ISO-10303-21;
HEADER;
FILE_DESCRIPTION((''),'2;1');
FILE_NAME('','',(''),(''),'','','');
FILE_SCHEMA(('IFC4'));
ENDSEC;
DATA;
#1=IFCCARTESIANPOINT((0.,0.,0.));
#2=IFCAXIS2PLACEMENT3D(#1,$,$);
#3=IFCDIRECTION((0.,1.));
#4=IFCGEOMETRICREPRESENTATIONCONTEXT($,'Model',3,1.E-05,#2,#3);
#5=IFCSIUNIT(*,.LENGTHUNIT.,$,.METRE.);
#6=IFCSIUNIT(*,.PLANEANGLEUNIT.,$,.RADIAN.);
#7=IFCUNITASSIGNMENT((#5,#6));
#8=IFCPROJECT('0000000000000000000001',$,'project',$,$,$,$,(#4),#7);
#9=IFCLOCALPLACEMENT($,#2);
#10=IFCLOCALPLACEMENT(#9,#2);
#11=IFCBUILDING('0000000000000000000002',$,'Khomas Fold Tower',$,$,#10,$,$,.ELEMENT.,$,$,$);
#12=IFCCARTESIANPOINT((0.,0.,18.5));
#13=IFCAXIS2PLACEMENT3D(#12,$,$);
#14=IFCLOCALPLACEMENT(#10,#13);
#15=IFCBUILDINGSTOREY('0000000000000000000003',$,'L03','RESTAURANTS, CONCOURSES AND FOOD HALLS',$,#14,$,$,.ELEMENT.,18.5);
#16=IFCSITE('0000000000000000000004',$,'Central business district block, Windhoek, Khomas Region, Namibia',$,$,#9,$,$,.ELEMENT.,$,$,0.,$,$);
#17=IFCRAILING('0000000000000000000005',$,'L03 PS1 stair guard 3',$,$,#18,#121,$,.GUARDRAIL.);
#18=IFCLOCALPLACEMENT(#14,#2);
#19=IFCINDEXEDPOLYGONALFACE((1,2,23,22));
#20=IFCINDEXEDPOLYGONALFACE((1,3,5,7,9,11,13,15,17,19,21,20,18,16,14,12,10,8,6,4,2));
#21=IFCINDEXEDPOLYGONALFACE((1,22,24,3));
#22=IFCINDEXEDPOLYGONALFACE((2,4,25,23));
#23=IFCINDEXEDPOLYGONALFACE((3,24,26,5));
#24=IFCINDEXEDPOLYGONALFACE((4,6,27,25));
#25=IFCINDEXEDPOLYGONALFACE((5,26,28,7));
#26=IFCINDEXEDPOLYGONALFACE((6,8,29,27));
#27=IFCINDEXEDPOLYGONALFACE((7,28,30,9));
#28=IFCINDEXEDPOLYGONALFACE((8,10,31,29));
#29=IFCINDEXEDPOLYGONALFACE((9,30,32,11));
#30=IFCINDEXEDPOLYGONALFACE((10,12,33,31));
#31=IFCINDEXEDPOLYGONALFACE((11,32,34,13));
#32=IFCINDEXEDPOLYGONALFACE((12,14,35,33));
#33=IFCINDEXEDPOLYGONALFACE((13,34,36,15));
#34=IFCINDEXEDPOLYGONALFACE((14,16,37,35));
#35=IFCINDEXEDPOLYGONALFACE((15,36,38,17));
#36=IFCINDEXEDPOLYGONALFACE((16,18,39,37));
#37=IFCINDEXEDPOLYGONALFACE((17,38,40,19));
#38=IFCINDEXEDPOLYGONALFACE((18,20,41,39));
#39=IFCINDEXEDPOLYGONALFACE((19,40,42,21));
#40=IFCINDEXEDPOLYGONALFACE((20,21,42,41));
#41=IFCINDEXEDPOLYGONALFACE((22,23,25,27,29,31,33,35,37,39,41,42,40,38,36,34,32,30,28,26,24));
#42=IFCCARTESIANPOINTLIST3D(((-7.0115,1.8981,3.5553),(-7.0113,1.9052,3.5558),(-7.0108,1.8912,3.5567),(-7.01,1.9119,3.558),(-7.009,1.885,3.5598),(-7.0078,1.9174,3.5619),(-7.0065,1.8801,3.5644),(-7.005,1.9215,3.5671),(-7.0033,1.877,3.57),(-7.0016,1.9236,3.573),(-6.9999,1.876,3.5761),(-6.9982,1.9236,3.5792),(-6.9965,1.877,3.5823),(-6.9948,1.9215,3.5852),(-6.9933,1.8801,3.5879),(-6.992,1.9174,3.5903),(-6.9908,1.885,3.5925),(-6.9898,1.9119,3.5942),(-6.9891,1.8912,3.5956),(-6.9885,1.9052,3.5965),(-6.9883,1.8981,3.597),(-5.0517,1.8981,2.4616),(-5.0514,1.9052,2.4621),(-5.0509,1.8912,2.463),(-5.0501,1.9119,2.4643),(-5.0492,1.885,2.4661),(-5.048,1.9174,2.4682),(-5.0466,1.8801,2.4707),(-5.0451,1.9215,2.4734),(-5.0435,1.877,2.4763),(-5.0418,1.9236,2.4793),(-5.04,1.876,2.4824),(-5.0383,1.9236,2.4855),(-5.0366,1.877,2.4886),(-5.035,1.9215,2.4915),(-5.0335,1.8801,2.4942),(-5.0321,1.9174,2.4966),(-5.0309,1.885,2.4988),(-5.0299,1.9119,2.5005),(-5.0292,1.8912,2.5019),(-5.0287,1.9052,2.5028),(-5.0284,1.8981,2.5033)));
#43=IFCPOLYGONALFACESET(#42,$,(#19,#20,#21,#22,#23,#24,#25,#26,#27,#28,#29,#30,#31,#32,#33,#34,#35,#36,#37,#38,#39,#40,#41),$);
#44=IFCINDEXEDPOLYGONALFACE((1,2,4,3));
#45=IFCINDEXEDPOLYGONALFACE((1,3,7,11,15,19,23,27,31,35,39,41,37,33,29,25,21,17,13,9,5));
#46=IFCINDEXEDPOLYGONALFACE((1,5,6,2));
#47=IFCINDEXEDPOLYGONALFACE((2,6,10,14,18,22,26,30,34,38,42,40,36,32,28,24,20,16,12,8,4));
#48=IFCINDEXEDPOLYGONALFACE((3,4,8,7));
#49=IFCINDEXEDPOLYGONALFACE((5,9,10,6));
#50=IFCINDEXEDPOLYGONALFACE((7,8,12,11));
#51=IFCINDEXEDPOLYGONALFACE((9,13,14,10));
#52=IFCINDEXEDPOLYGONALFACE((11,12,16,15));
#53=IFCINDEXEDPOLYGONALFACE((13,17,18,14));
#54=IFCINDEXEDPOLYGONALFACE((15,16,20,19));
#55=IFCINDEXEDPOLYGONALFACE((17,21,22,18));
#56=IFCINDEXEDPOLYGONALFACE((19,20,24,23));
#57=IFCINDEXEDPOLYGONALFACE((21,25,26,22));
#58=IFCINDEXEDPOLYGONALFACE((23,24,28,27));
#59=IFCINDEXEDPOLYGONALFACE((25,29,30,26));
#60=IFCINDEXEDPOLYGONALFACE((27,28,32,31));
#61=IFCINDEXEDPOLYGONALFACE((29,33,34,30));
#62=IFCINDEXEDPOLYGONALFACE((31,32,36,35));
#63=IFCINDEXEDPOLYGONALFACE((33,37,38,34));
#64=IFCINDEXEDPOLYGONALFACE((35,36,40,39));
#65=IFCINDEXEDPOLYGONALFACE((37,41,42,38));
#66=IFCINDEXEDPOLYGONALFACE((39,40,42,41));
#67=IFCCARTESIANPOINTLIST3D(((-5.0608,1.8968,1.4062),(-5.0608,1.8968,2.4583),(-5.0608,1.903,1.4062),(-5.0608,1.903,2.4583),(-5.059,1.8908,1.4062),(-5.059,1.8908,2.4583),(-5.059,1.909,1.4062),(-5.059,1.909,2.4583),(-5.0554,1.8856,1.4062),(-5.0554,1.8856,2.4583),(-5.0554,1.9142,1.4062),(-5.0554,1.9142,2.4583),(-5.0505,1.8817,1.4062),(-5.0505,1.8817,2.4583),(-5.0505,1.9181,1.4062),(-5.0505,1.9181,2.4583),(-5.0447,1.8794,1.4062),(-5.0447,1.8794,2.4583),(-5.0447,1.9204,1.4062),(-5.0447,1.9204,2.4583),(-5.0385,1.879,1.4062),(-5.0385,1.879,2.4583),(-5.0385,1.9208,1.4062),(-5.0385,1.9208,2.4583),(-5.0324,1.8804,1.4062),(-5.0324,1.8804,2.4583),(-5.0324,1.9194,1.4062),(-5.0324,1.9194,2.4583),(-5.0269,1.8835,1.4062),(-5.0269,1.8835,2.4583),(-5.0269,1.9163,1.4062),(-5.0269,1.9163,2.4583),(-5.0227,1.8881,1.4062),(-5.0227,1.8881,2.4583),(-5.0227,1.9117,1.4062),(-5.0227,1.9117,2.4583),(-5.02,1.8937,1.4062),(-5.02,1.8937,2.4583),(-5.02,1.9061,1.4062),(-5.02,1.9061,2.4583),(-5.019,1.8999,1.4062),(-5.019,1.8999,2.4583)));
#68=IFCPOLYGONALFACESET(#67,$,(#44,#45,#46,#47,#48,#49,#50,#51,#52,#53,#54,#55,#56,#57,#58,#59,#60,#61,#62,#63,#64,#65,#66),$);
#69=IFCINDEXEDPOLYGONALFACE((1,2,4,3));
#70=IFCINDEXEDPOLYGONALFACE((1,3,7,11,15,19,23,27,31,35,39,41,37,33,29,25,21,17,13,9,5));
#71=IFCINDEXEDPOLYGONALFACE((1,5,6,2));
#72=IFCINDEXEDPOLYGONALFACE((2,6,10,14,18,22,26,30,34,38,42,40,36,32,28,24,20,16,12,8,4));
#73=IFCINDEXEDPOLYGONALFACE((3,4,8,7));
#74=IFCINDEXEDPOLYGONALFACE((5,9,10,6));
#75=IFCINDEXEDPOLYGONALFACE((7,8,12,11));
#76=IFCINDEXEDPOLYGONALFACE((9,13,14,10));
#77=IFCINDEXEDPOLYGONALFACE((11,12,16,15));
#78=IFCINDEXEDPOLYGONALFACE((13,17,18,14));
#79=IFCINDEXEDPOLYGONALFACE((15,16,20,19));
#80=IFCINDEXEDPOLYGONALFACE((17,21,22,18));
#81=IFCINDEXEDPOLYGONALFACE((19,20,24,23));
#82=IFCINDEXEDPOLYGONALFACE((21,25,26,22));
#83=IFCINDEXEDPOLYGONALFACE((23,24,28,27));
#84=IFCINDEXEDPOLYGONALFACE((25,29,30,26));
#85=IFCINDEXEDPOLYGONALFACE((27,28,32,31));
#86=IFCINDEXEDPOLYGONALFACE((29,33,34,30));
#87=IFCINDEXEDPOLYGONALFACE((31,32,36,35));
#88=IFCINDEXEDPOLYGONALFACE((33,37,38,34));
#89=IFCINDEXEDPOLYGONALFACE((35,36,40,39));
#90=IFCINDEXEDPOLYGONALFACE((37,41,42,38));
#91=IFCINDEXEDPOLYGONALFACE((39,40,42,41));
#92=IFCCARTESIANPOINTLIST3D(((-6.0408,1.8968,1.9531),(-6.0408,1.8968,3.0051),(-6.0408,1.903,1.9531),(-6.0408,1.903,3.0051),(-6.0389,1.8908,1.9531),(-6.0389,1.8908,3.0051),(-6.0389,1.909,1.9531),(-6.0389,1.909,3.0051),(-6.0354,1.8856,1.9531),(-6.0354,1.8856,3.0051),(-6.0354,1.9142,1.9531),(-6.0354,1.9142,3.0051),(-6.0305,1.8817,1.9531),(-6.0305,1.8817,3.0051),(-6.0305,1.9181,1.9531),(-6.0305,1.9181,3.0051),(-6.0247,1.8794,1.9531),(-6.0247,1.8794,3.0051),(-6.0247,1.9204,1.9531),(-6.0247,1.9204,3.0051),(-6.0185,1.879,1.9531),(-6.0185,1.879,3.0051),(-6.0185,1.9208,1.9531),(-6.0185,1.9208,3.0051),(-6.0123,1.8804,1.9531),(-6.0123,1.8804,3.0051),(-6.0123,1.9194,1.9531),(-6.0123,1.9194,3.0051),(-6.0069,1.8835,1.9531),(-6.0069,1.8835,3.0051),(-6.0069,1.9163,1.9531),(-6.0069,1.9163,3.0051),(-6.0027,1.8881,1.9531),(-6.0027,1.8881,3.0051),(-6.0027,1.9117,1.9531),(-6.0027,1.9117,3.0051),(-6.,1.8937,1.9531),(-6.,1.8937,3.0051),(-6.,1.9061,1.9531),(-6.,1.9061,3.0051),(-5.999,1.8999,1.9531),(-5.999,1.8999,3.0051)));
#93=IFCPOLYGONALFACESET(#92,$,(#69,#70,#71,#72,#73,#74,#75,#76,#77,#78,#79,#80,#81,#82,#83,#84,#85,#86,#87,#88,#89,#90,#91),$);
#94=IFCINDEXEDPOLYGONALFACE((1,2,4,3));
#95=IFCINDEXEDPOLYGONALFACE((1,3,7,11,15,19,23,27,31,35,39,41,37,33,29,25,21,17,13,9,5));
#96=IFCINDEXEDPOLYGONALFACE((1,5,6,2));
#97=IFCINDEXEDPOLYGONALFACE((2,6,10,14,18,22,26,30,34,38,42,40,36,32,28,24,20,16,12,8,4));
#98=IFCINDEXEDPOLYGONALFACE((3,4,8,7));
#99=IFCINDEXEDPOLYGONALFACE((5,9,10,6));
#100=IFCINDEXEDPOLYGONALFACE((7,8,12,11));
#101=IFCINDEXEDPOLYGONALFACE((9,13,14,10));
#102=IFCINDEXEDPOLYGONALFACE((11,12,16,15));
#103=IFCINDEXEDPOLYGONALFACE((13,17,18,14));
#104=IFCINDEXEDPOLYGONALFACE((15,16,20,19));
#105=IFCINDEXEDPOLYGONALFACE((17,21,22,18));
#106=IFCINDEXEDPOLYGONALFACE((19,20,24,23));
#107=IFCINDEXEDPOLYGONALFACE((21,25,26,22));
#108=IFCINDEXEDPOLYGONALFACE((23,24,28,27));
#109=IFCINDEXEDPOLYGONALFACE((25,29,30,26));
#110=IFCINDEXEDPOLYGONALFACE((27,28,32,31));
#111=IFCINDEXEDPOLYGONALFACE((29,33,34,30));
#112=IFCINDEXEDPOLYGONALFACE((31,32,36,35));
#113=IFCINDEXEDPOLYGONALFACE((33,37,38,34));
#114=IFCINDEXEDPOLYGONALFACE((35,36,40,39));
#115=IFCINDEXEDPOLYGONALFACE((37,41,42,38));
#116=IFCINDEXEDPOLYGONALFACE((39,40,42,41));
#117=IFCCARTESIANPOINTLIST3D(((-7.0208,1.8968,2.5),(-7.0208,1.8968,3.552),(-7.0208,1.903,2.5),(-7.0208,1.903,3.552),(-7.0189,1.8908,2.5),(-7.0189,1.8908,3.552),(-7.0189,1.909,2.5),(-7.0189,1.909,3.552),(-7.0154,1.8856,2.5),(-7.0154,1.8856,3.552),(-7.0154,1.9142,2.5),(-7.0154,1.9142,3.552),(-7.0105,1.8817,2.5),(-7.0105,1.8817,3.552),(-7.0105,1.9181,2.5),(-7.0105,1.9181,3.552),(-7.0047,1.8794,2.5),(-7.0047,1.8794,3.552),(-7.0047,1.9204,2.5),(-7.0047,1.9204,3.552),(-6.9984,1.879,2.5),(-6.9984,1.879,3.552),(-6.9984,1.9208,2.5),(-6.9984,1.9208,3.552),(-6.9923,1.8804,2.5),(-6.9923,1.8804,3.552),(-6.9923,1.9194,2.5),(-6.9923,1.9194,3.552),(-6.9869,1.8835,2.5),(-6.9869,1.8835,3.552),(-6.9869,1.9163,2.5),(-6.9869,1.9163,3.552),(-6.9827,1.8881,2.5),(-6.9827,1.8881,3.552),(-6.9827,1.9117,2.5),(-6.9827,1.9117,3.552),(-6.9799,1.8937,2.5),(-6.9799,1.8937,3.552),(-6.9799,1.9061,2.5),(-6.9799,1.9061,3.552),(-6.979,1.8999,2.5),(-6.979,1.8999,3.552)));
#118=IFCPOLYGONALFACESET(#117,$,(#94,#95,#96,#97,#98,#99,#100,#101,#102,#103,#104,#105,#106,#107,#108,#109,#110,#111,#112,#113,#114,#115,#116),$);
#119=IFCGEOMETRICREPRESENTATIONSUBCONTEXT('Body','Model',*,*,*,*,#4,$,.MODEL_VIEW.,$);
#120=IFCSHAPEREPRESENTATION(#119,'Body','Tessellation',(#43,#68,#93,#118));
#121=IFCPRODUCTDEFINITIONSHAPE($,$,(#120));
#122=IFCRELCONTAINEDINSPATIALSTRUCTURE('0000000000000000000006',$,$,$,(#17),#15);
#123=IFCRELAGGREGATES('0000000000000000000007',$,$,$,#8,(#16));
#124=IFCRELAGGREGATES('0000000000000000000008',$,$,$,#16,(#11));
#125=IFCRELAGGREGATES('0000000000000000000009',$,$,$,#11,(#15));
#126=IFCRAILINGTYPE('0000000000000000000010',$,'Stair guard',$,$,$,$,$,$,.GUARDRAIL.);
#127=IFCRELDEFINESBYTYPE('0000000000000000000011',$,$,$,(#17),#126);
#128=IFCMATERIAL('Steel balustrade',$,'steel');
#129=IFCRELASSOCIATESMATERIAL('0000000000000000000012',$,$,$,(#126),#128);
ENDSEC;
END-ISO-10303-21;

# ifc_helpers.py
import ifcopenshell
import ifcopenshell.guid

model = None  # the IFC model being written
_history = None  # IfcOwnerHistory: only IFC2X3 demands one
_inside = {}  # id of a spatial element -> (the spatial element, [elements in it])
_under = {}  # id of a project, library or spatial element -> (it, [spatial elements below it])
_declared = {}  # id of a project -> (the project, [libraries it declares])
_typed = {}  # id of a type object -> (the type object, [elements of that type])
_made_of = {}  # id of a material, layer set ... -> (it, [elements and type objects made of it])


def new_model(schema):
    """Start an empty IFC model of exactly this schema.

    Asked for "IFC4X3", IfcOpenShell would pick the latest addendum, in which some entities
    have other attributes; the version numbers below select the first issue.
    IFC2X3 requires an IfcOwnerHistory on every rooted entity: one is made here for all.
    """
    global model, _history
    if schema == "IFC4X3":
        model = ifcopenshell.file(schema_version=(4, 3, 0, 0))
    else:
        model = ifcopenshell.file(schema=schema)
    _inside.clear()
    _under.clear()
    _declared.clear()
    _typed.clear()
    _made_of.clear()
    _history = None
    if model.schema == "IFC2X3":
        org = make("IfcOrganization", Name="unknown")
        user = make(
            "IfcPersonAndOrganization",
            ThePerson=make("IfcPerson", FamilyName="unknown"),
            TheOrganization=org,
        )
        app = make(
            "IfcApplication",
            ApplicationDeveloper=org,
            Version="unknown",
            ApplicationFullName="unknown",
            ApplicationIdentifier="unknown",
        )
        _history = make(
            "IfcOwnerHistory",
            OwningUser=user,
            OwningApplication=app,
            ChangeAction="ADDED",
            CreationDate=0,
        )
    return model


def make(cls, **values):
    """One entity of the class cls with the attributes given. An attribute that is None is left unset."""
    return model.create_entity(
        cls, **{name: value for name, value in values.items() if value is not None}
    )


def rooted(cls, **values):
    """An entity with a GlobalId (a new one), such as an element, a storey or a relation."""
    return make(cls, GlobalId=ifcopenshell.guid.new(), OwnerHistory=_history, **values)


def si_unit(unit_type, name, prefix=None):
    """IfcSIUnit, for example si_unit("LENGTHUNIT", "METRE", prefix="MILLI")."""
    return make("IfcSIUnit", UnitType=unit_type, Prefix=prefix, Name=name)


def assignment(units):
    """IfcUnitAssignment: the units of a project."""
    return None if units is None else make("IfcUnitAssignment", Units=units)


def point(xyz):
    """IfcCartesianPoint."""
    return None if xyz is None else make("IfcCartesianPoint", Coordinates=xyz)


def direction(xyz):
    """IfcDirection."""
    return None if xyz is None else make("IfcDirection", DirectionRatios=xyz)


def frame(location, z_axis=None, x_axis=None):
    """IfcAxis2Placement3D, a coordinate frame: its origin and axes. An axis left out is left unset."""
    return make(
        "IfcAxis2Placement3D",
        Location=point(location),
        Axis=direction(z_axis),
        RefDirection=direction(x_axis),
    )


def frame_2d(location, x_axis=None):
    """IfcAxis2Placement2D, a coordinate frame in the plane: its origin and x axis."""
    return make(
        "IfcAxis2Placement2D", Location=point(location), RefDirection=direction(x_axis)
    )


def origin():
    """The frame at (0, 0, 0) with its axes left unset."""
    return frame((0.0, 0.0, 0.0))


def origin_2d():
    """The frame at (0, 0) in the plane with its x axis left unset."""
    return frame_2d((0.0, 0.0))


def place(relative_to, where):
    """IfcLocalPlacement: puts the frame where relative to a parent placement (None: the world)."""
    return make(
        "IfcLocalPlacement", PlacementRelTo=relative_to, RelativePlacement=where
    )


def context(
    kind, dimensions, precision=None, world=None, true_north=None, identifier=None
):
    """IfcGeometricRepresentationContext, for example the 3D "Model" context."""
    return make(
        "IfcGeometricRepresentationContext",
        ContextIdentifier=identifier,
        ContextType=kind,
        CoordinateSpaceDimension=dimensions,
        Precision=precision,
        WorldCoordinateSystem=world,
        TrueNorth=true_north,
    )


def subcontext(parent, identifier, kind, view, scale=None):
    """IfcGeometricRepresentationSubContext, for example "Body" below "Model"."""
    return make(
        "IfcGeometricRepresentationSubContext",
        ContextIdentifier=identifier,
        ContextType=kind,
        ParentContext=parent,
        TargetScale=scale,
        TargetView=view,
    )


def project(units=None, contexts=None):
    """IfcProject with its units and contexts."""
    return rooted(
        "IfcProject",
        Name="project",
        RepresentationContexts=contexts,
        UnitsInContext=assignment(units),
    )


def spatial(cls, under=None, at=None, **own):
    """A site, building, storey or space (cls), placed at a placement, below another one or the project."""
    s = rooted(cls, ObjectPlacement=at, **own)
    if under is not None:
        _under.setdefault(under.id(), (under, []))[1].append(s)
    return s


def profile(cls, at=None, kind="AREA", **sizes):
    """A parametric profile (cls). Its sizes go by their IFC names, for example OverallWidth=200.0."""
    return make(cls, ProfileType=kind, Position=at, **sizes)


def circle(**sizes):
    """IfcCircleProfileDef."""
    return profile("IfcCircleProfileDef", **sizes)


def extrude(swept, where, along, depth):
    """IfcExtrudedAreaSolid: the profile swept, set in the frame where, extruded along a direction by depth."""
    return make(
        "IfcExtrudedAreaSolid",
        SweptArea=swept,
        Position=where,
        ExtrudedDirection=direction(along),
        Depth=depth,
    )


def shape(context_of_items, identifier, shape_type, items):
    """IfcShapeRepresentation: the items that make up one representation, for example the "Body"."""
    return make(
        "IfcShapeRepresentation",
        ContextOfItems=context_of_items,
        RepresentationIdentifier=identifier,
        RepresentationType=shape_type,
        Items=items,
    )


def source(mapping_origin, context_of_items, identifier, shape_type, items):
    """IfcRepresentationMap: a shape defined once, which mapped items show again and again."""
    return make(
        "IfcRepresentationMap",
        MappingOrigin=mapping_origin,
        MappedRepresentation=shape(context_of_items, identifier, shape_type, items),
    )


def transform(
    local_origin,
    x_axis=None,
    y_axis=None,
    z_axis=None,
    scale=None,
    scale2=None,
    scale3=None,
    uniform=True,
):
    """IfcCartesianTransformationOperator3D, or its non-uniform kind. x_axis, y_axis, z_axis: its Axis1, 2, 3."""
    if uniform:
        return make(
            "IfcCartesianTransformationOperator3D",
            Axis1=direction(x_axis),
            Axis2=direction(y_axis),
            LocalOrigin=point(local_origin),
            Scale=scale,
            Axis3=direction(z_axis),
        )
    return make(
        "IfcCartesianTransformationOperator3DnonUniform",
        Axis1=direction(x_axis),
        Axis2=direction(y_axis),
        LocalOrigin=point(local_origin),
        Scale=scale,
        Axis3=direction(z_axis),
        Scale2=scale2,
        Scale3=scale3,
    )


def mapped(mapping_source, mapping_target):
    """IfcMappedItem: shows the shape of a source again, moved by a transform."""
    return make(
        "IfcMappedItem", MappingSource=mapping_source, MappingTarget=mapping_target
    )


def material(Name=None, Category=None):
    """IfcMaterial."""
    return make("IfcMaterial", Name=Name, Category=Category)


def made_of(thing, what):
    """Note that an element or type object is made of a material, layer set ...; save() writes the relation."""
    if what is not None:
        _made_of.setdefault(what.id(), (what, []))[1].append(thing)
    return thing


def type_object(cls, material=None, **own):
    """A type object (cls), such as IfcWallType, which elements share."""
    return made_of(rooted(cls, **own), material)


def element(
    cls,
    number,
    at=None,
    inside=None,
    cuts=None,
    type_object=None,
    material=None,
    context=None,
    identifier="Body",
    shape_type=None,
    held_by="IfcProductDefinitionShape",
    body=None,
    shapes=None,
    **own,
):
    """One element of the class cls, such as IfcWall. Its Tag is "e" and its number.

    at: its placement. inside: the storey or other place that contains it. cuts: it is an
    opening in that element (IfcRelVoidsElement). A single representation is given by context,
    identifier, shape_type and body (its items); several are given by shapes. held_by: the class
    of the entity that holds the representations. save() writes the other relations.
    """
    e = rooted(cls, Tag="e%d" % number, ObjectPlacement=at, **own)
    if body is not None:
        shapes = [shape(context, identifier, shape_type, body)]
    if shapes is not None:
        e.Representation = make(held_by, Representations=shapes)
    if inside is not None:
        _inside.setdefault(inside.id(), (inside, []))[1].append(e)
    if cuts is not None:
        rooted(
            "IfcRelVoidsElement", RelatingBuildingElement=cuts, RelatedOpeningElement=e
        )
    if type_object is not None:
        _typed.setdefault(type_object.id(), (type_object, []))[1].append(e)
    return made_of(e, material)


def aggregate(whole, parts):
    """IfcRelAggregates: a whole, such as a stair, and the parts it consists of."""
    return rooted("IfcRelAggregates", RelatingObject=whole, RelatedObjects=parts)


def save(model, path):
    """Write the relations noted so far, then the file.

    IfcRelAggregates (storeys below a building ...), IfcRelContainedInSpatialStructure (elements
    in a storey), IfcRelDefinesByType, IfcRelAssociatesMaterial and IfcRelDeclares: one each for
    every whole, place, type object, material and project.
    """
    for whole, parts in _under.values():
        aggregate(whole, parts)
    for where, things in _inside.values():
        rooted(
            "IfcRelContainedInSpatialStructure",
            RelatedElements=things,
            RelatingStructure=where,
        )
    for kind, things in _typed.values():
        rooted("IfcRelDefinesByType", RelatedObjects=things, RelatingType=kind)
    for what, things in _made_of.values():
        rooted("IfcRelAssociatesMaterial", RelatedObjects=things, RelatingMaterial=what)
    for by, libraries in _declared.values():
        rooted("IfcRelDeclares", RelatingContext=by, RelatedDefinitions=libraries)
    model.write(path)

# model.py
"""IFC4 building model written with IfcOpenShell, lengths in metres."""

from ifc_helpers import new_model, si_unit, direction, frame, origin, origin_2d, place, context, subcontext, project, spatial, circle, extrude, source, transform, mapped, material, type_object, element, save


model = new_model("IFC4")

# Units and contexts
model_context = context("Model", 3, precision=1e-05, world=origin(), true_north=direction((0.0, 1.0)))
body_context = subcontext(model_context, "Body", "Model", "MODEL_VIEW")
ifc_project = project(units=[si_unit("LENGTHUNIT", "METRE"), si_unit("PLANEANGLEUNIT", "RADIAN")], contexts=[model_context])

# Site, building, storey
site_placement = place(None, origin())
site = spatial("IfcSite", under=ifc_project, at=site_placement, Name="Central business district block, Windhoek, Khomas Region, Namibia", CompositionType="ELEMENT", RefElevation=0.0)
building_placement = place(site_placement, origin())
building = spatial("IfcBuilding", under=site, at=building_placement, Name="Khomas Fold Tower", CompositionType="ELEMENT")
storey_placement = place(building_placement, frame((0.0, 0.0, 18.5)))
storey = spatial("IfcBuildingStorey", under=building, at=storey_placement, Name="L03", Description="RESTAURANTS, CONCOURSES AND FOOD HALLS", CompositionType="ELEMENT", Elevation=18.5)

# Railing
ifc_material_1 = material(Name="Steel balustrade", Category="steel")
railing_type_1 = type_object("IfcRailingType", Name="Stair guard", PredefinedType="GUARDRAIL", material=ifc_material_1)
shared_shape_1 = source(origin(), body_context, "Body", "SweptSolid", [
    extrude(circle(Radius=0.0239, at=origin_2d()), frame((0.0, 0.0, 1.0762), z_axis=(-0.873232, 0.0, 0.487304), x_axis=(0.0, -1.0, 0.0)), (0.0, 0.0, 1.0), 2.2444),
    extrude(circle(Radius=0.021, at=origin_2d()), origin(), (0.0, 0.0, 1.0), 1.052),
    extrude(circle(Radius=0.021, at=origin_2d()), frame((-0.98, 0.0, 0.5469)), (0.0, 0.0, 1.0), 1.052),
    extrude(circle(Radius=0.021, at=origin_2d()), frame((-1.96, 0.0, 1.0938)), (0.0, 0.0, 1.0), 1.052),
])
for number, where, name in (
    (1, (-5.04, 1.8999, 1.4062), "L03 PS1 stair guard 3"),
):
    element("IfcRailing", number, at=place(storey_placement, frame(where)), inside=storey, type_object=railing_type_1, Name=name, PredefinedType="GUARDRAIL", context=body_context, shape_type="MappedRepresentation", body=[
        mapped(shared_shape_1, transform((0.0, 0.0, 0.0))),
    ])

save(model, "model.ifc")
